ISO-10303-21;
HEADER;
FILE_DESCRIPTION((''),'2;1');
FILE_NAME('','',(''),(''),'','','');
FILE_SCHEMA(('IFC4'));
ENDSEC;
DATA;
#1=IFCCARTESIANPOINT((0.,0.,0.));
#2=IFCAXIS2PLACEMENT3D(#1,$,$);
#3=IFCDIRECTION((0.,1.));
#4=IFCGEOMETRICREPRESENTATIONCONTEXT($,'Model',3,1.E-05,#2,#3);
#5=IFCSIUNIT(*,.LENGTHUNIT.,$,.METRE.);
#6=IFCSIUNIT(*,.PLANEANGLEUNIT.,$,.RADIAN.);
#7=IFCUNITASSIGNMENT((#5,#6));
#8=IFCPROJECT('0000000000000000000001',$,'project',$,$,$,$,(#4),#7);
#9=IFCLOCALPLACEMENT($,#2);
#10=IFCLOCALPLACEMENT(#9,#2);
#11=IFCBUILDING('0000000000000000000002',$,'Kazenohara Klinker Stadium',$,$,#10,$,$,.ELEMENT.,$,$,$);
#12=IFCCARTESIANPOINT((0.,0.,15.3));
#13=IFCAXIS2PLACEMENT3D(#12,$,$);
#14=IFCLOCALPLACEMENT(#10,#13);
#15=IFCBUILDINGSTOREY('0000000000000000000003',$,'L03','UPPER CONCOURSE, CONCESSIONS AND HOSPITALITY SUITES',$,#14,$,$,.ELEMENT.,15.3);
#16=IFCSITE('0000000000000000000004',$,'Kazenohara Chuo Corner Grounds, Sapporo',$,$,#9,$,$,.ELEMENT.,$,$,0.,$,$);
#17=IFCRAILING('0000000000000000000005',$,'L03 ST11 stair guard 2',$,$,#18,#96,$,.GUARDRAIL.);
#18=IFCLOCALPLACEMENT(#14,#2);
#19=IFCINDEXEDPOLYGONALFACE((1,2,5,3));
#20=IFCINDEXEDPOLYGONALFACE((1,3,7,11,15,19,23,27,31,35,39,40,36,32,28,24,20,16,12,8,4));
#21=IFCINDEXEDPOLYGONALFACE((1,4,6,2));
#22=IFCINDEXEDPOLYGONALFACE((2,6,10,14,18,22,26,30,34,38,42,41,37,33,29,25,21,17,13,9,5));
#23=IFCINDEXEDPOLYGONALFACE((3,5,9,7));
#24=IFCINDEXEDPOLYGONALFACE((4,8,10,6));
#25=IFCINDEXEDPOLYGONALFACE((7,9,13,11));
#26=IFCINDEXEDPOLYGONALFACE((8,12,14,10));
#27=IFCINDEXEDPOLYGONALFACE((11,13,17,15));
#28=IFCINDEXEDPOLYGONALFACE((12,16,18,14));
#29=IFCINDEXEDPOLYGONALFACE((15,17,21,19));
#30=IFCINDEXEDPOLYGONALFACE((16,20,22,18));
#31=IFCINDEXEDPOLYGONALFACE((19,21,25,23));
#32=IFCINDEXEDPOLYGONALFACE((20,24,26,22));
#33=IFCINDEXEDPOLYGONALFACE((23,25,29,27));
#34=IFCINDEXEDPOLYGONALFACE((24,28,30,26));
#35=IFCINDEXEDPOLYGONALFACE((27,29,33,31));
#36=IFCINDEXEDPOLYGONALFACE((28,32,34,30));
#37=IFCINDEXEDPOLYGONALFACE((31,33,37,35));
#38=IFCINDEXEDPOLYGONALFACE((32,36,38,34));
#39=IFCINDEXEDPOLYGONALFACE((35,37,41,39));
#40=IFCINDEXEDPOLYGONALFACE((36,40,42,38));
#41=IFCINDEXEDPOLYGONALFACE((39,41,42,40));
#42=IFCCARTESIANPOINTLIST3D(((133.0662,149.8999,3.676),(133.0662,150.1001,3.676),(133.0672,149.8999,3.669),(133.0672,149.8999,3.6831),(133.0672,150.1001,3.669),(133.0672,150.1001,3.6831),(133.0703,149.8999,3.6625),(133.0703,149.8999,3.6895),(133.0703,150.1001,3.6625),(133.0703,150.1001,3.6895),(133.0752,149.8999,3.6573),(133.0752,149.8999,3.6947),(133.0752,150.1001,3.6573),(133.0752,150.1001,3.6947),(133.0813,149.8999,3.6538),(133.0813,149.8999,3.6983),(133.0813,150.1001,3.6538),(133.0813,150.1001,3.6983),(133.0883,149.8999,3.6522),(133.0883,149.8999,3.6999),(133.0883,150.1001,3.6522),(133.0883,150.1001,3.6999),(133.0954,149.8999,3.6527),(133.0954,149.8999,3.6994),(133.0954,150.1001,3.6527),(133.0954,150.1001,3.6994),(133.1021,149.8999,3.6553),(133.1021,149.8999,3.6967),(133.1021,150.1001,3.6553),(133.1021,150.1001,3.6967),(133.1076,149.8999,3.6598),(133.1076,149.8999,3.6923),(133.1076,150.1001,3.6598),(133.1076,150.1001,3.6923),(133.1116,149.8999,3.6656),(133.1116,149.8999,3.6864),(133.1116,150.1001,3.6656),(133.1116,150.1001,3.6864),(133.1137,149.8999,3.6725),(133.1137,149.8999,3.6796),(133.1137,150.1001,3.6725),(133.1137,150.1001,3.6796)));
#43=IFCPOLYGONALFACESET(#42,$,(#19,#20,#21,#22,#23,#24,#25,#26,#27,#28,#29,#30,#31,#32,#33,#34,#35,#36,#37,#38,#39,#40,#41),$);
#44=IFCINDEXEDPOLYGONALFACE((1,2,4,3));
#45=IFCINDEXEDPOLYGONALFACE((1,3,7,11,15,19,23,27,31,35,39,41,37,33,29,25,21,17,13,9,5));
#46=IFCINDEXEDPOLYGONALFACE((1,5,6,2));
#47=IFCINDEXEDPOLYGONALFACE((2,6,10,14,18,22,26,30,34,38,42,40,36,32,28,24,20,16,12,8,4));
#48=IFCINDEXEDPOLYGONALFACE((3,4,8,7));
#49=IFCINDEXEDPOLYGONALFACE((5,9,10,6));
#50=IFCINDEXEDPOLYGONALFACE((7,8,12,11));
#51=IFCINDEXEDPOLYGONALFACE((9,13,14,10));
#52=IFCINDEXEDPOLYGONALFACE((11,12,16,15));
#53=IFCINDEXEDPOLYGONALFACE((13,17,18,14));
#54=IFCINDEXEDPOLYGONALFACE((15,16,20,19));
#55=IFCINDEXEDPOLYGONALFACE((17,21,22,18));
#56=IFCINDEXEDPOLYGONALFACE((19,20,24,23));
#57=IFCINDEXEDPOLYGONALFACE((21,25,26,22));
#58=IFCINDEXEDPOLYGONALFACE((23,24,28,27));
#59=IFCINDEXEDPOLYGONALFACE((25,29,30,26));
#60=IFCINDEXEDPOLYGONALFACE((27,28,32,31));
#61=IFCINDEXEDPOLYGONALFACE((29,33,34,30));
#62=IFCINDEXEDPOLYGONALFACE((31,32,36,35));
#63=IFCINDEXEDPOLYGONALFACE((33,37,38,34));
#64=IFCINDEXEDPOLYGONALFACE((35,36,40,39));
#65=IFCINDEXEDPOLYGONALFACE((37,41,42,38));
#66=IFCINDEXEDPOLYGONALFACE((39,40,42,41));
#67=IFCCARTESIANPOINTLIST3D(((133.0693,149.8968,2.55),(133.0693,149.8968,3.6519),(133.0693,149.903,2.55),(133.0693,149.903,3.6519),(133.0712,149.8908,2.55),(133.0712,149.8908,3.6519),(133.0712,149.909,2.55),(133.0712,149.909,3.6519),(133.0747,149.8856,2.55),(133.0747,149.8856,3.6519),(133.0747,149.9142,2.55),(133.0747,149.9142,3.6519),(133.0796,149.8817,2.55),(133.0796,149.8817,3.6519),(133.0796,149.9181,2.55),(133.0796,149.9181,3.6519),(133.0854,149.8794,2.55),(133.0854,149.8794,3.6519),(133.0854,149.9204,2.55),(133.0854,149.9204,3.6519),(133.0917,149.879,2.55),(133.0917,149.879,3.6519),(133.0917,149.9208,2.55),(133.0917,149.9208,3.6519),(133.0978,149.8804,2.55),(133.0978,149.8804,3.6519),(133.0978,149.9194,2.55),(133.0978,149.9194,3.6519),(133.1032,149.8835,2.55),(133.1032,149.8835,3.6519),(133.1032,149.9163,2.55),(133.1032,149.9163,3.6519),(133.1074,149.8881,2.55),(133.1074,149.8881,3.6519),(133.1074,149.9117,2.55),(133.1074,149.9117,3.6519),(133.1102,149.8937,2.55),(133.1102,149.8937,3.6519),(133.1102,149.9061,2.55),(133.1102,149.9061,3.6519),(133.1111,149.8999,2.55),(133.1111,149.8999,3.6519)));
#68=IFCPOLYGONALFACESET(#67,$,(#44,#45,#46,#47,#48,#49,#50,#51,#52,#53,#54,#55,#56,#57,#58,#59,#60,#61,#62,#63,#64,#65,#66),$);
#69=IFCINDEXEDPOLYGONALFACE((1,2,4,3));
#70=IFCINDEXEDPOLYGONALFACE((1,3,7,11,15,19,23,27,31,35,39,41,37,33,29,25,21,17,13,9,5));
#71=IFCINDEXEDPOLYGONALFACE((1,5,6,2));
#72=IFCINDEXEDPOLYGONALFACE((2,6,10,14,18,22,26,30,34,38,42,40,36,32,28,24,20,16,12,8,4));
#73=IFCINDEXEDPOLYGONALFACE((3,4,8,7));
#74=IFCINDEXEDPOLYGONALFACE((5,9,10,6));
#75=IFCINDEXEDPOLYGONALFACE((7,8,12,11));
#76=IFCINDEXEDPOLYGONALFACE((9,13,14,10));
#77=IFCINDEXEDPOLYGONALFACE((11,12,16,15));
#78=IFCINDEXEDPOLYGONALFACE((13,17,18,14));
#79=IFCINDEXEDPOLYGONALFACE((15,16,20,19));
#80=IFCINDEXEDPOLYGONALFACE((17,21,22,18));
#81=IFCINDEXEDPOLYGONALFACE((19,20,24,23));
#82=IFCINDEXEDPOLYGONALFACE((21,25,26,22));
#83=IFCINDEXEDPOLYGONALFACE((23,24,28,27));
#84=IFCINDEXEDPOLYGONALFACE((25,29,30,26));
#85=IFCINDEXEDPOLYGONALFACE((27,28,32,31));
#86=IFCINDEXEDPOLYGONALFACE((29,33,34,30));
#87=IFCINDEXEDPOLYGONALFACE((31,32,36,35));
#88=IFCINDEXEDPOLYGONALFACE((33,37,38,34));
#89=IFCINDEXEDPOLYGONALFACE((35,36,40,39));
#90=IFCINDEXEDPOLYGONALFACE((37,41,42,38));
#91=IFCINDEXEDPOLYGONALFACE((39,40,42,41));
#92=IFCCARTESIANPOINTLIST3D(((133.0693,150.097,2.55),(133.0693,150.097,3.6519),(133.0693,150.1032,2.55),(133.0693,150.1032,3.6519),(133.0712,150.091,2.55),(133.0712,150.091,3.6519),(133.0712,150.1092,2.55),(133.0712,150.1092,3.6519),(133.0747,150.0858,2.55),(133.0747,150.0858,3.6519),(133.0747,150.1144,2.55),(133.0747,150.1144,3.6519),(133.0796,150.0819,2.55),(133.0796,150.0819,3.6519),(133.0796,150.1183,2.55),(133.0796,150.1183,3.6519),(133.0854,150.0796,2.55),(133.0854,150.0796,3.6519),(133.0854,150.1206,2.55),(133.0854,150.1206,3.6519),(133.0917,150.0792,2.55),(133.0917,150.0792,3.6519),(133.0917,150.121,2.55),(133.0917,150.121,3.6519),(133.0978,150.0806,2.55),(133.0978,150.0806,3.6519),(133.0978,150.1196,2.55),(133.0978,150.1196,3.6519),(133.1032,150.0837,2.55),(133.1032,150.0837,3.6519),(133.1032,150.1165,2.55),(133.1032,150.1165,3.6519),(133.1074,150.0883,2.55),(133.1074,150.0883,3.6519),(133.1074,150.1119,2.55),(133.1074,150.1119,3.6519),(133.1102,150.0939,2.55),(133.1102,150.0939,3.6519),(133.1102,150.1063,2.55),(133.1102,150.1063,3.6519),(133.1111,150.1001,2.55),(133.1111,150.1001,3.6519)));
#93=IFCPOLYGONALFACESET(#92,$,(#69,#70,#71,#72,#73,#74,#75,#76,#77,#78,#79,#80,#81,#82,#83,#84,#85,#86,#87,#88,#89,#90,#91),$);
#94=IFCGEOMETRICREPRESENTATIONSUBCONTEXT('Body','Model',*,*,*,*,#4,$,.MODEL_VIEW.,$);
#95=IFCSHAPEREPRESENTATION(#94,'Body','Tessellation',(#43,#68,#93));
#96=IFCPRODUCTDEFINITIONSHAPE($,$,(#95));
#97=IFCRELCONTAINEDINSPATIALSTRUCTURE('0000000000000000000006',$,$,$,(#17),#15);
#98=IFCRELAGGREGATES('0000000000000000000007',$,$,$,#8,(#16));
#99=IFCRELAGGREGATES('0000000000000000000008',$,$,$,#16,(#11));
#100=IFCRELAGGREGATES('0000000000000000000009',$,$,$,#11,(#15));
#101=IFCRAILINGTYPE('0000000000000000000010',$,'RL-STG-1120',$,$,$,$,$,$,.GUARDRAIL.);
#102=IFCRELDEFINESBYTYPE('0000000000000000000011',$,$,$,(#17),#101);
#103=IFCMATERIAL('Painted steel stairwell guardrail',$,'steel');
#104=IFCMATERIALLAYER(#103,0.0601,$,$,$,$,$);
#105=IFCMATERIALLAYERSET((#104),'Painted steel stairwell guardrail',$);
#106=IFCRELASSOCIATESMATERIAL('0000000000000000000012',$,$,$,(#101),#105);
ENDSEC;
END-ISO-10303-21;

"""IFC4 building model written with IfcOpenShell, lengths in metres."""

from ifc_helpers import new_model, si_unit, direction, frame, origin, origin_2d, place, context, subcontext, project, spatial, circle, extrude, material, layer, layer_set, type_object, element, save


model = new_model("IFC4")

# Units and contexts
model_context = context("Model", 3, precision=1e-05, world=origin(), true_north=direction((0.0, 1.0)))
body_context = subcontext(model_context, "Body", "Model", "MODEL_VIEW")
ifc_project = project(units=[si_unit("LENGTHUNIT", "METRE"), si_unit("PLANEANGLEUNIT", "RADIAN")], contexts=[model_context])

# Site, building, storey
site_placement = place(None, origin())
site = spatial("IfcSite", under=ifc_project, at=site_placement, Name="Kazenohara Chuo Corner Grounds, Sapporo", CompositionType="ELEMENT", RefElevation=0.0)
building_placement = place(site_placement, origin())
building = spatial("IfcBuilding", under=site, at=building_placement, Name="Kazenohara Klinker Stadium", CompositionType="ELEMENT")
storey_placement = place(building_placement, frame((0.0, 0.0, 15.3)))
storey = spatial("IfcBuildingStorey", under=building, at=storey_placement, Name="L03", Description="UPPER CONCOURSE, CONCESSIONS AND HOSPITALITY SUITES", CompositionType="ELEMENT", Elevation=15.3)

# Railing
ifc_material_1 = material(Name="Painted steel stairwell guardrail", Category="steel")
ifc_layer_1 = layer(ifc_material_1, 0.0601)
ifc_layer_set_1 = layer_set([ifc_layer_1], Name="Painted steel stairwell guardrail")
railing_type_1 = type_object("IfcRailingType", Name="RL-STG-1120", PredefinedType="GUARDRAIL", material=ifc_layer_set_1)
railing_1_placement = place(storey_placement, frame((133.0901, 149.8999, 2.55)))
element("IfcRailing", 1, at=railing_1_placement, inside=storey, type_object=railing_type_1, Name="L03 ST11 stair guard 2", PredefinedType="GUARDRAIL", context=body_context, shape_type="SweptSolid", body=[
    extrude(circle(Radius=0.0239, at=origin_2d()), frame((0.0, 0.0, 1.126), z_axis=(0.0, 1.0, 0.0), x_axis=(-1.0, 0.0, 0.0)), (0.0, 0.0, 1.0), 0.2002),
    extrude(circle(Radius=0.021, at=origin_2d()), origin(), (0.0, 0.0, 1.0), 1.1018),
    extrude(circle(Radius=0.021, at=origin_2d()), frame((0.0, 0.2002, 0.0)), (0.0, 0.0, 1.0), 1.1018),
])

save(model, "model.ifc")
